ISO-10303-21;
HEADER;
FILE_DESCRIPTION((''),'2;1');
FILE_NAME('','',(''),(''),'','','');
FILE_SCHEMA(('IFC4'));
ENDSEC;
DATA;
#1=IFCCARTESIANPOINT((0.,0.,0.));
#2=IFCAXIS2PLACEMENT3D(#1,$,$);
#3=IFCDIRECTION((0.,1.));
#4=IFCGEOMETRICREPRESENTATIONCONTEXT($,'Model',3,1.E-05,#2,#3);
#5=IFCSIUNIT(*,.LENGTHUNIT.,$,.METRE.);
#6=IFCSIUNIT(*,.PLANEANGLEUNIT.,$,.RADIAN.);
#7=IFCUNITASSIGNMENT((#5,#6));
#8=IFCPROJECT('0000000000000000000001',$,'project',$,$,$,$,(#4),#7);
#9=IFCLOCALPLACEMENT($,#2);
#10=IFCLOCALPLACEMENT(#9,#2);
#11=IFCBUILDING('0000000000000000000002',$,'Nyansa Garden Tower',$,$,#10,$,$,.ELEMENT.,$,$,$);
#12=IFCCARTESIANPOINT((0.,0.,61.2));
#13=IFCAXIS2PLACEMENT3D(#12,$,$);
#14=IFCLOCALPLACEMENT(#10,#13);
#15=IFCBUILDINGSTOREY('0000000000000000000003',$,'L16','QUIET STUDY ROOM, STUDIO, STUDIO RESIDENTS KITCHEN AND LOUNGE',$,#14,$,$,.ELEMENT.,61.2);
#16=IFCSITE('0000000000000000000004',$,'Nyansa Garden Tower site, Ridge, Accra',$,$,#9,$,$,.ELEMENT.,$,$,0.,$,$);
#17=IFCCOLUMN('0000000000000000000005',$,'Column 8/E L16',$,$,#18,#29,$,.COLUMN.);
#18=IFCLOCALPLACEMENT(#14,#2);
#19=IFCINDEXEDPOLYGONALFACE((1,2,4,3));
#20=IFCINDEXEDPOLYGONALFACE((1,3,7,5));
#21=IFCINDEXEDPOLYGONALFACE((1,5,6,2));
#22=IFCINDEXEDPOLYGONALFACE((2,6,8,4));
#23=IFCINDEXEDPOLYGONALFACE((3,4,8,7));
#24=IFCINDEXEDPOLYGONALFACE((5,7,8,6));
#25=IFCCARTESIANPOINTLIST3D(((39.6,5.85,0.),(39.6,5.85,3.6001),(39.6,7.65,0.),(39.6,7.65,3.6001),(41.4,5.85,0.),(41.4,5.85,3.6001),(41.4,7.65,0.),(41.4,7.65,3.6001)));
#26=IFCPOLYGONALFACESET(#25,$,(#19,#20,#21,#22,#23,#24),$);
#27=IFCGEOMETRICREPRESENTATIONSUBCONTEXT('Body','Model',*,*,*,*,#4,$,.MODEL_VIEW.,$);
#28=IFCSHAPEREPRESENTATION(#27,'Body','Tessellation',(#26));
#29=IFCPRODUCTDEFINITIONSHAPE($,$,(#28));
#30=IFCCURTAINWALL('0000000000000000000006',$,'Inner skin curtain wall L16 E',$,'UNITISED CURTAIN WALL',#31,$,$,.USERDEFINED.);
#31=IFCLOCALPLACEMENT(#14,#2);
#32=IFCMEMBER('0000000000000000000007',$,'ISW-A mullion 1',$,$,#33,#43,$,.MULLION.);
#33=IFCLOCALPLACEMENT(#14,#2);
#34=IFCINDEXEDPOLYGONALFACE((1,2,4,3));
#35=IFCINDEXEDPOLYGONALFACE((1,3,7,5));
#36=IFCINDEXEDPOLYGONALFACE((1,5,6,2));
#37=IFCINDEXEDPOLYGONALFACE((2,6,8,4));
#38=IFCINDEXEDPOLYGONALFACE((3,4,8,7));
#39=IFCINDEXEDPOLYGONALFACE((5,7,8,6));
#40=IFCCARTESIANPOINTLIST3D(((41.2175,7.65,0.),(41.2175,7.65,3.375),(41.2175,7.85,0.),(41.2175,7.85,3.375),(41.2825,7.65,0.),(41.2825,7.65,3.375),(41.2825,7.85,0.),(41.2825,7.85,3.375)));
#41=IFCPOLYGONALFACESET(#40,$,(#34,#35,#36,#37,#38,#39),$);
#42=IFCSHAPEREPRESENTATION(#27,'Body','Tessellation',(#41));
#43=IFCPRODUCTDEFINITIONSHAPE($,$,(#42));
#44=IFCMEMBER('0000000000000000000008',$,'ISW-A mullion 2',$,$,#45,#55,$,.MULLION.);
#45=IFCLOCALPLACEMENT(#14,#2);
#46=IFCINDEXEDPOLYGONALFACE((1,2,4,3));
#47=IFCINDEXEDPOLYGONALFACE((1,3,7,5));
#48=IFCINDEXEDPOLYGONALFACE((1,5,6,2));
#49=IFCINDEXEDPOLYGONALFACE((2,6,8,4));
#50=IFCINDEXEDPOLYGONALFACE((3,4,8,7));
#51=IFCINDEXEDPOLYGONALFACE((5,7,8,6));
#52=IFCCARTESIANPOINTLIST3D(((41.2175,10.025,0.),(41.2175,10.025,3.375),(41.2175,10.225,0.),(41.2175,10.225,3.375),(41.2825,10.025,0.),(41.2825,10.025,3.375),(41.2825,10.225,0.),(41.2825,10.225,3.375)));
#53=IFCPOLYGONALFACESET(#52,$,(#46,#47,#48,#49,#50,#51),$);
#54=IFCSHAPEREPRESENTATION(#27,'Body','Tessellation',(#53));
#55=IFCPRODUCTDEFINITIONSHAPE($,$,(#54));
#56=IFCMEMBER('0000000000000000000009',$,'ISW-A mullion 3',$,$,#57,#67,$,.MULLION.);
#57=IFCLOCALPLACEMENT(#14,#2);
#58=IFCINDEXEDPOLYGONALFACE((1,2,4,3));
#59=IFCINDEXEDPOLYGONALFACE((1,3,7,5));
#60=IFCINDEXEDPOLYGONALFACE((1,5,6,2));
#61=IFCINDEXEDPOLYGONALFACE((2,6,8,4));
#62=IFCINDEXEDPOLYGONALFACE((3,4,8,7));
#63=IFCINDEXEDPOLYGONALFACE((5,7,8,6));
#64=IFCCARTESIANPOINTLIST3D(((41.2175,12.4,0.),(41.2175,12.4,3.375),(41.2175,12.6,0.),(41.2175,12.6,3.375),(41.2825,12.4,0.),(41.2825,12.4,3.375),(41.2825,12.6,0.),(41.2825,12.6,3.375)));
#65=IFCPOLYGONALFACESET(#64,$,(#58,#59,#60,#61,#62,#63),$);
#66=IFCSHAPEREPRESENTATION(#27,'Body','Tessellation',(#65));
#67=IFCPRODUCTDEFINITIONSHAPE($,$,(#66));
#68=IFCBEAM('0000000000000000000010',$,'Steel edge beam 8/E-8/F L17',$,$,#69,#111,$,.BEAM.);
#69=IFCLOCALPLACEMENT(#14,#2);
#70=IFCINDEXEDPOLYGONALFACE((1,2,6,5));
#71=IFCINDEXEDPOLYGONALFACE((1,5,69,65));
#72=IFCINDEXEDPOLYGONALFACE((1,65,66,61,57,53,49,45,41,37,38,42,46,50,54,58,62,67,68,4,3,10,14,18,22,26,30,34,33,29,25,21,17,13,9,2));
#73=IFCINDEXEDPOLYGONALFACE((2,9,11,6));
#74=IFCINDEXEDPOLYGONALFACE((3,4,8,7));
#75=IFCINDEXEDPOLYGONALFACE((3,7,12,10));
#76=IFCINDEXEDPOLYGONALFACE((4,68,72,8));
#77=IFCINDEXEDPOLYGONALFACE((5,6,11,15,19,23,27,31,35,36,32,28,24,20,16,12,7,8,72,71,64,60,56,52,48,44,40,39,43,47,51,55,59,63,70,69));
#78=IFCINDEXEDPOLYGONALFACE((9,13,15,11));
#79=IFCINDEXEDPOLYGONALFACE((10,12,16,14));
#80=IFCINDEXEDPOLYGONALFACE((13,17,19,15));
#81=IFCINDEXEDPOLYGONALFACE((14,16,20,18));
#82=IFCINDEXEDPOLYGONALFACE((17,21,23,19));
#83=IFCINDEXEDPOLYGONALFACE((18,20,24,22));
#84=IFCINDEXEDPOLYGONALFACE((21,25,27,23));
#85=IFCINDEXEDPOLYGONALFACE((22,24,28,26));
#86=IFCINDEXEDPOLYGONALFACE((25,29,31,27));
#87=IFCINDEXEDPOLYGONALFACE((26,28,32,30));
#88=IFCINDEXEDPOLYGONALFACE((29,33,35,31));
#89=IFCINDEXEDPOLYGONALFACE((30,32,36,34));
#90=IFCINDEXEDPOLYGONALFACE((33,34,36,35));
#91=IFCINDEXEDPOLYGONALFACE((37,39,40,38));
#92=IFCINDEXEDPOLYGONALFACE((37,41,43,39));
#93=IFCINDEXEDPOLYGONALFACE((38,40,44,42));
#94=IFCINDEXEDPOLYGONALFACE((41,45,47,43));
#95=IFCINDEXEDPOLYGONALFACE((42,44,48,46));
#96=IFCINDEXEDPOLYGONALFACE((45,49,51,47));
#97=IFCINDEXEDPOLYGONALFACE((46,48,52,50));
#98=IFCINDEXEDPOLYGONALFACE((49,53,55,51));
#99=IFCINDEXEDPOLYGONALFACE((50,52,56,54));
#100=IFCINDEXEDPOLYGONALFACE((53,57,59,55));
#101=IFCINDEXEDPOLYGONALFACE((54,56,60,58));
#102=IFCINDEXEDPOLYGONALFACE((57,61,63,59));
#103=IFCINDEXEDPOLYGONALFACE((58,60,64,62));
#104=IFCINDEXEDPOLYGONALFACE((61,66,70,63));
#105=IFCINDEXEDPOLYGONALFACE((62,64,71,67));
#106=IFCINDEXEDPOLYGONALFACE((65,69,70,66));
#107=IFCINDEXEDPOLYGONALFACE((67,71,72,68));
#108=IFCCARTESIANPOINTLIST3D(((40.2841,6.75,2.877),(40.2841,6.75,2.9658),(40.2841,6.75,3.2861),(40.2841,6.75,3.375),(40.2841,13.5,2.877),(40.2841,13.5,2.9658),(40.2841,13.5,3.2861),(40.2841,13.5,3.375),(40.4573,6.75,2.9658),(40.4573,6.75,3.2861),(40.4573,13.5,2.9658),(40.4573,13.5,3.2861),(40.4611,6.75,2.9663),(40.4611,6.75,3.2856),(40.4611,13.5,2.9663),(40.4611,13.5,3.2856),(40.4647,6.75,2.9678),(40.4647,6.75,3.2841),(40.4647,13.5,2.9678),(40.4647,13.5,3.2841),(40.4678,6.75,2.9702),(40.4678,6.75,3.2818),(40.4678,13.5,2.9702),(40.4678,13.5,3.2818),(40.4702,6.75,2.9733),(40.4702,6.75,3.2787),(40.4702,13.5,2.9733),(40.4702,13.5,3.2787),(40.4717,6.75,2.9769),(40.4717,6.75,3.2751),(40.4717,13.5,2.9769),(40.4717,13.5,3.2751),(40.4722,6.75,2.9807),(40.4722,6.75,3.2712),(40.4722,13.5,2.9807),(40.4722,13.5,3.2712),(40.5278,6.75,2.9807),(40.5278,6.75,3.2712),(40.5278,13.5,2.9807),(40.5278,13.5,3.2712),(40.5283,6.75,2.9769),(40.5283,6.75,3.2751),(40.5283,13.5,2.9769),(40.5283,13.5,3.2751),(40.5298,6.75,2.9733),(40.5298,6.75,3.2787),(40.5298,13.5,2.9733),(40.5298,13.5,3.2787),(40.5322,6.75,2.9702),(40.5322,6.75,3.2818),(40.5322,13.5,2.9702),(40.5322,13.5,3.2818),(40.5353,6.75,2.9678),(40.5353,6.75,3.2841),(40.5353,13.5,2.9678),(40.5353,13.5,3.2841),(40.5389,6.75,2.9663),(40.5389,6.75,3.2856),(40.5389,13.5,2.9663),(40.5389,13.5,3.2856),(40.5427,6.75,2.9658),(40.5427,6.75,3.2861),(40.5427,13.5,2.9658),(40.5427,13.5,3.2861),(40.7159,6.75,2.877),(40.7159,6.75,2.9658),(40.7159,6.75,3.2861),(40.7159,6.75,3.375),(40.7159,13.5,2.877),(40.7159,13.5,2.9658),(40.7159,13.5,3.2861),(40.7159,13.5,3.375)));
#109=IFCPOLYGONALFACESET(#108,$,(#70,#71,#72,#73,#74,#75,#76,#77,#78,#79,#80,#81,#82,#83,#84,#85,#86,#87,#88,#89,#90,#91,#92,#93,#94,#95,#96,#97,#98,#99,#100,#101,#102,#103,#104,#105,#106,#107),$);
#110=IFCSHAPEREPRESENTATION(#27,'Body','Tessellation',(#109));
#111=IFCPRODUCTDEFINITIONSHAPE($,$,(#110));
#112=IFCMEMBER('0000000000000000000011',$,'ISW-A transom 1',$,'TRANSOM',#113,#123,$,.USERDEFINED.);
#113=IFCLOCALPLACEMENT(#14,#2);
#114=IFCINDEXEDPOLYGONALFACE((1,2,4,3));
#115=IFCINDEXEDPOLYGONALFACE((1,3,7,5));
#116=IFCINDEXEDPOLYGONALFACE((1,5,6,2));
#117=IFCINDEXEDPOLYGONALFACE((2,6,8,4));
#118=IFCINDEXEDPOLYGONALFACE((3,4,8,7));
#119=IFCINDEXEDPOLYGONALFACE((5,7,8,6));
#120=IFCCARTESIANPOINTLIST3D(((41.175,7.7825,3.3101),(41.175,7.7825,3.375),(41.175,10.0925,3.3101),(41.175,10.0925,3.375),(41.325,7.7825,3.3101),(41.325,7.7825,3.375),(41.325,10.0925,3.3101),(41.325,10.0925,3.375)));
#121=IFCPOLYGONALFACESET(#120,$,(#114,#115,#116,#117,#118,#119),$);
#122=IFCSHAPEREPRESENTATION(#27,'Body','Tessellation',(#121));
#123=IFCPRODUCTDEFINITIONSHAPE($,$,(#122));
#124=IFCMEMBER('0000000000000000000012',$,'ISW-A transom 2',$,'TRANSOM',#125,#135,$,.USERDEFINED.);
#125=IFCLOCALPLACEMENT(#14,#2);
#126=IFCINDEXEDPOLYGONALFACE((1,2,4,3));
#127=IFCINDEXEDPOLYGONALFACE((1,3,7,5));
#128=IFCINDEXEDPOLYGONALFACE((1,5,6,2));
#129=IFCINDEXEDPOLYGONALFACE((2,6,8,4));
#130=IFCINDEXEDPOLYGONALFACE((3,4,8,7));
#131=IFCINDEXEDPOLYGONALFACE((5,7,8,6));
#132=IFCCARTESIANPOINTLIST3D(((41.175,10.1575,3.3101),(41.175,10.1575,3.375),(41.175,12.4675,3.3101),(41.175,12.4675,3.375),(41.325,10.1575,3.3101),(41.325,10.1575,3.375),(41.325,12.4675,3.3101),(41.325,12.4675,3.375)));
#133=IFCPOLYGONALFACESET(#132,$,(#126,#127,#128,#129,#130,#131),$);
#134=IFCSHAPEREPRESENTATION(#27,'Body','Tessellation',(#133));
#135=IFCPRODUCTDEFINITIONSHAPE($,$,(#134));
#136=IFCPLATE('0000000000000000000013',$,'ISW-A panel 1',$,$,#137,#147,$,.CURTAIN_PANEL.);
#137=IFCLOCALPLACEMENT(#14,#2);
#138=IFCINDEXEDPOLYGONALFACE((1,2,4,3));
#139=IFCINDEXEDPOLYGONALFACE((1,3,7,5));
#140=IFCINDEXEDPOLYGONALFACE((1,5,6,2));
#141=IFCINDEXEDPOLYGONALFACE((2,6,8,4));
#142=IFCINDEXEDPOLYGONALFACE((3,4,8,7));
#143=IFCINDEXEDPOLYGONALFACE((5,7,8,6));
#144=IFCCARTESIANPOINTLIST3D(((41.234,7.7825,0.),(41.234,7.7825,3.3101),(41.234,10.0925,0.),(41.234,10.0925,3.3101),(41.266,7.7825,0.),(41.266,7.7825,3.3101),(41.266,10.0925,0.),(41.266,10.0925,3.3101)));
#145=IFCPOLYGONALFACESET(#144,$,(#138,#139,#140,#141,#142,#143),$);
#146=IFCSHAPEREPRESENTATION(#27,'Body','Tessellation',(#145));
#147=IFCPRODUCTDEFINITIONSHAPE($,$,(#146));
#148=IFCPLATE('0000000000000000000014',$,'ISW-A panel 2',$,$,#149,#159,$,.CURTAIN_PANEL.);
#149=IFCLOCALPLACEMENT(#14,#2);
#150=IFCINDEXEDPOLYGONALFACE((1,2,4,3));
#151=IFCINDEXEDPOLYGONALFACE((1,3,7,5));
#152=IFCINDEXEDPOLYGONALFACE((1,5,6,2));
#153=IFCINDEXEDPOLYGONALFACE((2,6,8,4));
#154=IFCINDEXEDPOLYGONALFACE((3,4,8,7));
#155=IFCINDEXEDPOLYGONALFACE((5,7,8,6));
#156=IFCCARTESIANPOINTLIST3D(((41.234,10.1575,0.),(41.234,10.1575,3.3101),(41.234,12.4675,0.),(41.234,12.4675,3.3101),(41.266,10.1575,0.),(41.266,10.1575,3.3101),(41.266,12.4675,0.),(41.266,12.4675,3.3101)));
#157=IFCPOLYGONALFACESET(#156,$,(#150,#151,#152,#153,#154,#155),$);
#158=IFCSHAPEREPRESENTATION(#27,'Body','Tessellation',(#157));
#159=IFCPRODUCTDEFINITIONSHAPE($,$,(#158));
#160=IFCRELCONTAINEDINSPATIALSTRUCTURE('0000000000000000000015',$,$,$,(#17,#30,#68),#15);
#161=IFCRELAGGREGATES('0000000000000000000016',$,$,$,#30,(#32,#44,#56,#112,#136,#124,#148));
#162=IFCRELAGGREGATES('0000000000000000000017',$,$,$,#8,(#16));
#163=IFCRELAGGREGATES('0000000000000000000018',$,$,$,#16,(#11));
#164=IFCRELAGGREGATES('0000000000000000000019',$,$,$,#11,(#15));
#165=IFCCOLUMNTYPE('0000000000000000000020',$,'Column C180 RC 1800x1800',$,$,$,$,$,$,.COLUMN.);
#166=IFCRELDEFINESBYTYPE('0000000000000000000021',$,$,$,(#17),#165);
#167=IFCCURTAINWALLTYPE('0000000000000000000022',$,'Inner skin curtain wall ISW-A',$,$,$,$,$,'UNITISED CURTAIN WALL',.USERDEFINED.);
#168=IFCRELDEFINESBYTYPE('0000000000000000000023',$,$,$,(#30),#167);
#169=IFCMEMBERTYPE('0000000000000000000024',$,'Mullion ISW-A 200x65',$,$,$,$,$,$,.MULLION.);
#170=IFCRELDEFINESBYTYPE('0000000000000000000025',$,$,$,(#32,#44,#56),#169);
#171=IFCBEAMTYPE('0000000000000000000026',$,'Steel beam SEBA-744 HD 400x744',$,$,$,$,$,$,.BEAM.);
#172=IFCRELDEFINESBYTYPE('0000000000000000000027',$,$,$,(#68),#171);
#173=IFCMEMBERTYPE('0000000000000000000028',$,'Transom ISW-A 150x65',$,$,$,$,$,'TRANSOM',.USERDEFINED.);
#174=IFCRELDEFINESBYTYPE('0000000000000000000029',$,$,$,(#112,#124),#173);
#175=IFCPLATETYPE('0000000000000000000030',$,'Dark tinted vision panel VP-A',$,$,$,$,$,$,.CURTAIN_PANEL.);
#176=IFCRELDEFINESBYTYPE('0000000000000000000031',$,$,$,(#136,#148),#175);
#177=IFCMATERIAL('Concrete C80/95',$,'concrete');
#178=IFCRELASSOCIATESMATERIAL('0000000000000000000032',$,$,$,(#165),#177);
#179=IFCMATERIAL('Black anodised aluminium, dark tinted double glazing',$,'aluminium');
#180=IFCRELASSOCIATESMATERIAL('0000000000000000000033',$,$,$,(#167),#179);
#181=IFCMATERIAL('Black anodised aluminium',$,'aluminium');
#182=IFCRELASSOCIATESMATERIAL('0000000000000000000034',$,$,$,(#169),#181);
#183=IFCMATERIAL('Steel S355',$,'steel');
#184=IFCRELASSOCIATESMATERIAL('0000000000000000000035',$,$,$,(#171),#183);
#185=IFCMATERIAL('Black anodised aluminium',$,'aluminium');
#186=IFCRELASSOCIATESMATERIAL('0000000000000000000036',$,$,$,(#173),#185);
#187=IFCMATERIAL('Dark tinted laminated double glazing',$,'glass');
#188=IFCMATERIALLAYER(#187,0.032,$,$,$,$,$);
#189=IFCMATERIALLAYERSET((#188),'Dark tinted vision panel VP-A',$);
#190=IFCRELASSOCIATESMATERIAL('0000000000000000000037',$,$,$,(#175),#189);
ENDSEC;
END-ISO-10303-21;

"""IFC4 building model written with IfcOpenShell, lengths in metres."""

from ifc_helpers import new_model, si_unit, direction, frame, origin, origin_2d, place, context, subcontext, project, spatial, rectangle, i_section, extrude, material, layer, layer_set, material_profile, profile_set, type_object, element, aggregate, save


model = new_model("IFC4")

# Units and contexts
model_context = context("Model", 3, precision=1e-05, world=origin(), true_north=direction((0.0, 1.0)))
body_context = subcontext(model_context, "Body", "Model", "MODEL_VIEW")
ifc_project = project(units=[si_unit("LENGTHUNIT", "METRE"), si_unit("PLANEANGLEUNIT", "RADIAN")], contexts=[model_context])

# Site, building, storey
site_placement = place(None, origin())
site = spatial("IfcSite", under=ifc_project, at=site_placement, Name="Nyansa Garden Tower site, Ridge, Accra", CompositionType="ELEMENT", RefElevation=0.0)
building_placement = place(site_placement, origin())
building = spatial("IfcBuilding", under=site, at=building_placement, Name="Nyansa Garden Tower", CompositionType="ELEMENT")
storey_placement = place(building_placement, frame((0.0, 0.0, 61.2)))
storey = spatial("IfcBuildingStorey", under=building, at=storey_placement, Name="L16", Description="QUIET STUDY ROOM, STUDIO, STUDIO RESIDENTS KITCHEN AND LOUNGE", CompositionType="ELEMENT", Elevation=61.2)

# Column
ifc_material_1 = material(Name="Concrete C80/95", Category="concrete")
ifc_material_profile_1 = material_profile(ifc_material_1, rectangle(XDim=1.8, YDim=1.8, at=origin_2d()), Name="RC 1800x1800")
ifc_profile_set_1 = profile_set([ifc_material_profile_1], Name="Concrete C80/95")
column_type = type_object("IfcColumnType", Name="Column C180 RC 1800x1800", PredefinedType="COLUMN", material=ifc_profile_set_1)
column_placement = place(storey_placement, frame((40.5, 6.75, 0.0), z_axis=(0.0, 0.0, 1.0), x_axis=(1.0, 0.0, 0.0)))
element("IfcColumn", 1, at=column_placement, inside=storey, type_object=column_type, Name="Column 8/E L16", PredefinedType="COLUMN", context=body_context, shape_type="SweptSolid", body=[
    extrude(rectangle(XDim=1.8, YDim=1.8, at=origin_2d()), origin(), (0.0, 0.0, 1.0), 3.6001),
])

# Curtain wall, members
ifc_material_2 = material(Name="Black anodised aluminium, dark tinted double glazing", Category="aluminium")
curtain_wall_type = type_object("IfcCurtainWallType", Name="Inner skin curtain wall ISW-A", ElementType="UNITISED CURTAIN WALL", PredefinedType="USERDEFINED", material=ifc_material_2)
curtain_wall_placement = place(storey_placement, origin())
curtain_wall = element("IfcCurtainWall", 2, at=curtain_wall_placement, inside=storey, type_object=curtain_wall_type, Name="Inner skin curtain wall L16 E", ObjectType="UNITISED CURTAIN WALL", PredefinedType="USERDEFINED")
ifc_material_3 = material(Name="Black anodised aluminium", Category="aluminium")
ifc_material_profile_2 = material_profile(ifc_material_3, rectangle(XDim=0.0649, YDim=0.2, at=origin_2d()), Name="Mullion 200x65")
ifc_profile_set_2 = profile_set([ifc_material_profile_2], Name="Black anodised aluminium")
member_type_1 = type_object("IfcMemberType", Name="Mullion ISW-A 200x65", PredefinedType="MULLION", material=ifc_profile_set_2)
member_1_placement = place(storey_placement, frame((41.25, 7.75, 0.0), z_axis=(0.0, 0.0, 1.0), x_axis=(-1.0, 0.0, 0.0)))
member_1 = element("IfcMember", 3, at=member_1_placement, type_object=member_type_1, Name="ISW-A mullion 1", PredefinedType="MULLION", context=body_context, shape_type="SweptSolid", body=[
    extrude(rectangle(XDim=0.0649, YDim=0.2, at=origin_2d()), origin(), (0.0, 0.0, 1.0), 3.375),
])
member_2_placement = place(storey_placement, frame((41.25, 10.125, 0.0), z_axis=(0.0, 0.0, 1.0), x_axis=(-1.0, 0.0, 0.0)))
member_2 = element("IfcMember", 4, at=member_2_placement, type_object=member_type_1, Name="ISW-A mullion 2", PredefinedType="MULLION", context=body_context, shape_type="SweptSolid", body=[
    extrude(rectangle(XDim=0.0649, YDim=0.2, at=origin_2d()), origin(), (0.0, 0.0, 1.0), 3.375),
])
member_3_placement = place(storey_placement, frame((41.25, 12.5, 0.0), z_axis=(0.0, 0.0, 1.0), x_axis=(-1.0, 0.0, 0.0)))
member_3 = element("IfcMember", 5, at=member_3_placement, type_object=member_type_1, Name="ISW-A mullion 3", PredefinedType="MULLION", context=body_context, shape_type="SweptSolid", body=[
    extrude(rectangle(XDim=0.0649, YDim=0.2, at=origin_2d()), origin(), (0.0, 0.0, 1.0), 3.375),
])

# Beam
ifc_material_4 = material(Name="Steel S355", Category="steel")
ifc_material_profile_3 = material_profile(ifc_material_4, i_section(OverallWidth=0.4319, OverallDepth=0.498, WebThickness=0.0557, FlangeThickness=0.0889, FilletRadius=0.0149, at=origin_2d()), Name="HD 400x744")
ifc_profile_set_3 = profile_set([ifc_material_profile_3], Name="Steel S355")
beam_type = type_object("IfcBeamType", Name="Steel beam SEBA-744 HD 400x744", PredefinedType="BEAM", material=ifc_profile_set_3)
beam_placement = place(storey_placement, frame((40.5, 6.75, 3.126), z_axis=(0.0, 1.0, 0.0), x_axis=(-1.0, 0.0, 0.0)))
element("IfcBeam", 6, at=beam_placement, inside=storey, type_object=beam_type, Name="Steel edge beam 8/E-8/F L17", PredefinedType="BEAM", context=body_context, shape_type="SweptSolid", body=[
    extrude(i_section(OverallWidth=0.4319, OverallDepth=0.498, WebThickness=0.0557, FlangeThickness=0.0889, FilletRadius=0.0149, at=origin_2d()), origin(), (0.0, 0.0, 1.0), 6.75),
])

# Members
ifc_material_5 = material(Name="Black anodised aluminium", Category="aluminium")
ifc_material_profile_4 = material_profile(ifc_material_5, rectangle(XDim=0.1499, YDim=0.0649, at=origin_2d()), Name="Transom 150x65")
ifc_profile_set_4 = profile_set([ifc_material_profile_4], Name="Black anodised aluminium")
member_type_2 = type_object("IfcMemberType", Name="Transom ISW-A 150x65", ElementType="TRANSOM", PredefinedType="USERDEFINED", material=ifc_profile_set_4)
member_4_placement = place(storey_placement, frame((41.25, 7.7825, 3.3425), z_axis=(0.0, 1.0, 0.0), x_axis=(-1.0, 0.0, 0.0)))
member_4 = element("IfcMember", 7, at=member_4_placement, type_object=member_type_2, Name="ISW-A transom 1", ObjectType="TRANSOM", PredefinedType="USERDEFINED", context=body_context, shape_type="SweptSolid", body=[
    extrude(rectangle(XDim=0.1499, YDim=0.0649, at=origin_2d()), origin(), (0.0, 0.0, 1.0), 2.3101),
])
member_5_placement = place(storey_placement, frame((41.25, 10.1575, 3.3425), z_axis=(0.0, 1.0, 0.0), x_axis=(-1.0, 0.0, 0.0)))
member_5 = element("IfcMember", 8, at=member_5_placement, type_object=member_type_2, Name="ISW-A transom 2", ObjectType="TRANSOM", PredefinedType="USERDEFINED", context=body_context, shape_type="SweptSolid", body=[
    extrude(rectangle(XDim=0.1499, YDim=0.0649, at=origin_2d()), origin(), (0.0, 0.0, 1.0), 2.3101),
])

# Plates
ifc_material_6 = material(Name="Dark tinted laminated double glazing", Category="glass")
ifc_layer_1 = layer(ifc_material_6, 0.032)
ifc_layer_set_1 = layer_set([ifc_layer_1], Name="Dark tinted vision panel VP-A")
plate_type = type_object("IfcPlateType", Name="Dark tinted vision panel VP-A", PredefinedType="CURTAIN_PANEL", material=ifc_layer_set_1)
plate_1_placement = place(storey_placement, frame((41.25, 8.9375, 0.0), z_axis=(0.0, 0.0, 1.0), x_axis=(0.0, 1.0, 0.0)))
plate_1 = element("IfcPlate", 9, at=plate_1_placement, type_object=plate_type, Name="ISW-A panel 1", PredefinedType="CURTAIN_PANEL", context=body_context, shape_type="SweptSolid", body=[
    extrude(rectangle(XDim=2.3101, YDim=0.032, at=origin_2d()), origin(), (0.0, 0.0, 1.0), 3.3101),
])
plate_2_placement = place(storey_placement, frame((41.25, 11.3125, 0.0), z_axis=(0.0, 0.0, 1.0), x_axis=(0.0, 1.0, 0.0)))
plate_2 = element("IfcPlate", 10, at=plate_2_placement, type_object=plate_type, Name="ISW-A panel 2", PredefinedType="CURTAIN_PANEL", context=body_context, shape_type="SweptSolid", body=[
    extrude(rectangle(XDim=2.3101, YDim=0.032, at=origin_2d()), origin(), (0.0, 0.0, 1.0), 3.3101),
])
aggregate(curtain_wall, [member_1, member_2, member_3, member_4, plate_1, member_5, plate_2])

save(model, "model.ifc")
